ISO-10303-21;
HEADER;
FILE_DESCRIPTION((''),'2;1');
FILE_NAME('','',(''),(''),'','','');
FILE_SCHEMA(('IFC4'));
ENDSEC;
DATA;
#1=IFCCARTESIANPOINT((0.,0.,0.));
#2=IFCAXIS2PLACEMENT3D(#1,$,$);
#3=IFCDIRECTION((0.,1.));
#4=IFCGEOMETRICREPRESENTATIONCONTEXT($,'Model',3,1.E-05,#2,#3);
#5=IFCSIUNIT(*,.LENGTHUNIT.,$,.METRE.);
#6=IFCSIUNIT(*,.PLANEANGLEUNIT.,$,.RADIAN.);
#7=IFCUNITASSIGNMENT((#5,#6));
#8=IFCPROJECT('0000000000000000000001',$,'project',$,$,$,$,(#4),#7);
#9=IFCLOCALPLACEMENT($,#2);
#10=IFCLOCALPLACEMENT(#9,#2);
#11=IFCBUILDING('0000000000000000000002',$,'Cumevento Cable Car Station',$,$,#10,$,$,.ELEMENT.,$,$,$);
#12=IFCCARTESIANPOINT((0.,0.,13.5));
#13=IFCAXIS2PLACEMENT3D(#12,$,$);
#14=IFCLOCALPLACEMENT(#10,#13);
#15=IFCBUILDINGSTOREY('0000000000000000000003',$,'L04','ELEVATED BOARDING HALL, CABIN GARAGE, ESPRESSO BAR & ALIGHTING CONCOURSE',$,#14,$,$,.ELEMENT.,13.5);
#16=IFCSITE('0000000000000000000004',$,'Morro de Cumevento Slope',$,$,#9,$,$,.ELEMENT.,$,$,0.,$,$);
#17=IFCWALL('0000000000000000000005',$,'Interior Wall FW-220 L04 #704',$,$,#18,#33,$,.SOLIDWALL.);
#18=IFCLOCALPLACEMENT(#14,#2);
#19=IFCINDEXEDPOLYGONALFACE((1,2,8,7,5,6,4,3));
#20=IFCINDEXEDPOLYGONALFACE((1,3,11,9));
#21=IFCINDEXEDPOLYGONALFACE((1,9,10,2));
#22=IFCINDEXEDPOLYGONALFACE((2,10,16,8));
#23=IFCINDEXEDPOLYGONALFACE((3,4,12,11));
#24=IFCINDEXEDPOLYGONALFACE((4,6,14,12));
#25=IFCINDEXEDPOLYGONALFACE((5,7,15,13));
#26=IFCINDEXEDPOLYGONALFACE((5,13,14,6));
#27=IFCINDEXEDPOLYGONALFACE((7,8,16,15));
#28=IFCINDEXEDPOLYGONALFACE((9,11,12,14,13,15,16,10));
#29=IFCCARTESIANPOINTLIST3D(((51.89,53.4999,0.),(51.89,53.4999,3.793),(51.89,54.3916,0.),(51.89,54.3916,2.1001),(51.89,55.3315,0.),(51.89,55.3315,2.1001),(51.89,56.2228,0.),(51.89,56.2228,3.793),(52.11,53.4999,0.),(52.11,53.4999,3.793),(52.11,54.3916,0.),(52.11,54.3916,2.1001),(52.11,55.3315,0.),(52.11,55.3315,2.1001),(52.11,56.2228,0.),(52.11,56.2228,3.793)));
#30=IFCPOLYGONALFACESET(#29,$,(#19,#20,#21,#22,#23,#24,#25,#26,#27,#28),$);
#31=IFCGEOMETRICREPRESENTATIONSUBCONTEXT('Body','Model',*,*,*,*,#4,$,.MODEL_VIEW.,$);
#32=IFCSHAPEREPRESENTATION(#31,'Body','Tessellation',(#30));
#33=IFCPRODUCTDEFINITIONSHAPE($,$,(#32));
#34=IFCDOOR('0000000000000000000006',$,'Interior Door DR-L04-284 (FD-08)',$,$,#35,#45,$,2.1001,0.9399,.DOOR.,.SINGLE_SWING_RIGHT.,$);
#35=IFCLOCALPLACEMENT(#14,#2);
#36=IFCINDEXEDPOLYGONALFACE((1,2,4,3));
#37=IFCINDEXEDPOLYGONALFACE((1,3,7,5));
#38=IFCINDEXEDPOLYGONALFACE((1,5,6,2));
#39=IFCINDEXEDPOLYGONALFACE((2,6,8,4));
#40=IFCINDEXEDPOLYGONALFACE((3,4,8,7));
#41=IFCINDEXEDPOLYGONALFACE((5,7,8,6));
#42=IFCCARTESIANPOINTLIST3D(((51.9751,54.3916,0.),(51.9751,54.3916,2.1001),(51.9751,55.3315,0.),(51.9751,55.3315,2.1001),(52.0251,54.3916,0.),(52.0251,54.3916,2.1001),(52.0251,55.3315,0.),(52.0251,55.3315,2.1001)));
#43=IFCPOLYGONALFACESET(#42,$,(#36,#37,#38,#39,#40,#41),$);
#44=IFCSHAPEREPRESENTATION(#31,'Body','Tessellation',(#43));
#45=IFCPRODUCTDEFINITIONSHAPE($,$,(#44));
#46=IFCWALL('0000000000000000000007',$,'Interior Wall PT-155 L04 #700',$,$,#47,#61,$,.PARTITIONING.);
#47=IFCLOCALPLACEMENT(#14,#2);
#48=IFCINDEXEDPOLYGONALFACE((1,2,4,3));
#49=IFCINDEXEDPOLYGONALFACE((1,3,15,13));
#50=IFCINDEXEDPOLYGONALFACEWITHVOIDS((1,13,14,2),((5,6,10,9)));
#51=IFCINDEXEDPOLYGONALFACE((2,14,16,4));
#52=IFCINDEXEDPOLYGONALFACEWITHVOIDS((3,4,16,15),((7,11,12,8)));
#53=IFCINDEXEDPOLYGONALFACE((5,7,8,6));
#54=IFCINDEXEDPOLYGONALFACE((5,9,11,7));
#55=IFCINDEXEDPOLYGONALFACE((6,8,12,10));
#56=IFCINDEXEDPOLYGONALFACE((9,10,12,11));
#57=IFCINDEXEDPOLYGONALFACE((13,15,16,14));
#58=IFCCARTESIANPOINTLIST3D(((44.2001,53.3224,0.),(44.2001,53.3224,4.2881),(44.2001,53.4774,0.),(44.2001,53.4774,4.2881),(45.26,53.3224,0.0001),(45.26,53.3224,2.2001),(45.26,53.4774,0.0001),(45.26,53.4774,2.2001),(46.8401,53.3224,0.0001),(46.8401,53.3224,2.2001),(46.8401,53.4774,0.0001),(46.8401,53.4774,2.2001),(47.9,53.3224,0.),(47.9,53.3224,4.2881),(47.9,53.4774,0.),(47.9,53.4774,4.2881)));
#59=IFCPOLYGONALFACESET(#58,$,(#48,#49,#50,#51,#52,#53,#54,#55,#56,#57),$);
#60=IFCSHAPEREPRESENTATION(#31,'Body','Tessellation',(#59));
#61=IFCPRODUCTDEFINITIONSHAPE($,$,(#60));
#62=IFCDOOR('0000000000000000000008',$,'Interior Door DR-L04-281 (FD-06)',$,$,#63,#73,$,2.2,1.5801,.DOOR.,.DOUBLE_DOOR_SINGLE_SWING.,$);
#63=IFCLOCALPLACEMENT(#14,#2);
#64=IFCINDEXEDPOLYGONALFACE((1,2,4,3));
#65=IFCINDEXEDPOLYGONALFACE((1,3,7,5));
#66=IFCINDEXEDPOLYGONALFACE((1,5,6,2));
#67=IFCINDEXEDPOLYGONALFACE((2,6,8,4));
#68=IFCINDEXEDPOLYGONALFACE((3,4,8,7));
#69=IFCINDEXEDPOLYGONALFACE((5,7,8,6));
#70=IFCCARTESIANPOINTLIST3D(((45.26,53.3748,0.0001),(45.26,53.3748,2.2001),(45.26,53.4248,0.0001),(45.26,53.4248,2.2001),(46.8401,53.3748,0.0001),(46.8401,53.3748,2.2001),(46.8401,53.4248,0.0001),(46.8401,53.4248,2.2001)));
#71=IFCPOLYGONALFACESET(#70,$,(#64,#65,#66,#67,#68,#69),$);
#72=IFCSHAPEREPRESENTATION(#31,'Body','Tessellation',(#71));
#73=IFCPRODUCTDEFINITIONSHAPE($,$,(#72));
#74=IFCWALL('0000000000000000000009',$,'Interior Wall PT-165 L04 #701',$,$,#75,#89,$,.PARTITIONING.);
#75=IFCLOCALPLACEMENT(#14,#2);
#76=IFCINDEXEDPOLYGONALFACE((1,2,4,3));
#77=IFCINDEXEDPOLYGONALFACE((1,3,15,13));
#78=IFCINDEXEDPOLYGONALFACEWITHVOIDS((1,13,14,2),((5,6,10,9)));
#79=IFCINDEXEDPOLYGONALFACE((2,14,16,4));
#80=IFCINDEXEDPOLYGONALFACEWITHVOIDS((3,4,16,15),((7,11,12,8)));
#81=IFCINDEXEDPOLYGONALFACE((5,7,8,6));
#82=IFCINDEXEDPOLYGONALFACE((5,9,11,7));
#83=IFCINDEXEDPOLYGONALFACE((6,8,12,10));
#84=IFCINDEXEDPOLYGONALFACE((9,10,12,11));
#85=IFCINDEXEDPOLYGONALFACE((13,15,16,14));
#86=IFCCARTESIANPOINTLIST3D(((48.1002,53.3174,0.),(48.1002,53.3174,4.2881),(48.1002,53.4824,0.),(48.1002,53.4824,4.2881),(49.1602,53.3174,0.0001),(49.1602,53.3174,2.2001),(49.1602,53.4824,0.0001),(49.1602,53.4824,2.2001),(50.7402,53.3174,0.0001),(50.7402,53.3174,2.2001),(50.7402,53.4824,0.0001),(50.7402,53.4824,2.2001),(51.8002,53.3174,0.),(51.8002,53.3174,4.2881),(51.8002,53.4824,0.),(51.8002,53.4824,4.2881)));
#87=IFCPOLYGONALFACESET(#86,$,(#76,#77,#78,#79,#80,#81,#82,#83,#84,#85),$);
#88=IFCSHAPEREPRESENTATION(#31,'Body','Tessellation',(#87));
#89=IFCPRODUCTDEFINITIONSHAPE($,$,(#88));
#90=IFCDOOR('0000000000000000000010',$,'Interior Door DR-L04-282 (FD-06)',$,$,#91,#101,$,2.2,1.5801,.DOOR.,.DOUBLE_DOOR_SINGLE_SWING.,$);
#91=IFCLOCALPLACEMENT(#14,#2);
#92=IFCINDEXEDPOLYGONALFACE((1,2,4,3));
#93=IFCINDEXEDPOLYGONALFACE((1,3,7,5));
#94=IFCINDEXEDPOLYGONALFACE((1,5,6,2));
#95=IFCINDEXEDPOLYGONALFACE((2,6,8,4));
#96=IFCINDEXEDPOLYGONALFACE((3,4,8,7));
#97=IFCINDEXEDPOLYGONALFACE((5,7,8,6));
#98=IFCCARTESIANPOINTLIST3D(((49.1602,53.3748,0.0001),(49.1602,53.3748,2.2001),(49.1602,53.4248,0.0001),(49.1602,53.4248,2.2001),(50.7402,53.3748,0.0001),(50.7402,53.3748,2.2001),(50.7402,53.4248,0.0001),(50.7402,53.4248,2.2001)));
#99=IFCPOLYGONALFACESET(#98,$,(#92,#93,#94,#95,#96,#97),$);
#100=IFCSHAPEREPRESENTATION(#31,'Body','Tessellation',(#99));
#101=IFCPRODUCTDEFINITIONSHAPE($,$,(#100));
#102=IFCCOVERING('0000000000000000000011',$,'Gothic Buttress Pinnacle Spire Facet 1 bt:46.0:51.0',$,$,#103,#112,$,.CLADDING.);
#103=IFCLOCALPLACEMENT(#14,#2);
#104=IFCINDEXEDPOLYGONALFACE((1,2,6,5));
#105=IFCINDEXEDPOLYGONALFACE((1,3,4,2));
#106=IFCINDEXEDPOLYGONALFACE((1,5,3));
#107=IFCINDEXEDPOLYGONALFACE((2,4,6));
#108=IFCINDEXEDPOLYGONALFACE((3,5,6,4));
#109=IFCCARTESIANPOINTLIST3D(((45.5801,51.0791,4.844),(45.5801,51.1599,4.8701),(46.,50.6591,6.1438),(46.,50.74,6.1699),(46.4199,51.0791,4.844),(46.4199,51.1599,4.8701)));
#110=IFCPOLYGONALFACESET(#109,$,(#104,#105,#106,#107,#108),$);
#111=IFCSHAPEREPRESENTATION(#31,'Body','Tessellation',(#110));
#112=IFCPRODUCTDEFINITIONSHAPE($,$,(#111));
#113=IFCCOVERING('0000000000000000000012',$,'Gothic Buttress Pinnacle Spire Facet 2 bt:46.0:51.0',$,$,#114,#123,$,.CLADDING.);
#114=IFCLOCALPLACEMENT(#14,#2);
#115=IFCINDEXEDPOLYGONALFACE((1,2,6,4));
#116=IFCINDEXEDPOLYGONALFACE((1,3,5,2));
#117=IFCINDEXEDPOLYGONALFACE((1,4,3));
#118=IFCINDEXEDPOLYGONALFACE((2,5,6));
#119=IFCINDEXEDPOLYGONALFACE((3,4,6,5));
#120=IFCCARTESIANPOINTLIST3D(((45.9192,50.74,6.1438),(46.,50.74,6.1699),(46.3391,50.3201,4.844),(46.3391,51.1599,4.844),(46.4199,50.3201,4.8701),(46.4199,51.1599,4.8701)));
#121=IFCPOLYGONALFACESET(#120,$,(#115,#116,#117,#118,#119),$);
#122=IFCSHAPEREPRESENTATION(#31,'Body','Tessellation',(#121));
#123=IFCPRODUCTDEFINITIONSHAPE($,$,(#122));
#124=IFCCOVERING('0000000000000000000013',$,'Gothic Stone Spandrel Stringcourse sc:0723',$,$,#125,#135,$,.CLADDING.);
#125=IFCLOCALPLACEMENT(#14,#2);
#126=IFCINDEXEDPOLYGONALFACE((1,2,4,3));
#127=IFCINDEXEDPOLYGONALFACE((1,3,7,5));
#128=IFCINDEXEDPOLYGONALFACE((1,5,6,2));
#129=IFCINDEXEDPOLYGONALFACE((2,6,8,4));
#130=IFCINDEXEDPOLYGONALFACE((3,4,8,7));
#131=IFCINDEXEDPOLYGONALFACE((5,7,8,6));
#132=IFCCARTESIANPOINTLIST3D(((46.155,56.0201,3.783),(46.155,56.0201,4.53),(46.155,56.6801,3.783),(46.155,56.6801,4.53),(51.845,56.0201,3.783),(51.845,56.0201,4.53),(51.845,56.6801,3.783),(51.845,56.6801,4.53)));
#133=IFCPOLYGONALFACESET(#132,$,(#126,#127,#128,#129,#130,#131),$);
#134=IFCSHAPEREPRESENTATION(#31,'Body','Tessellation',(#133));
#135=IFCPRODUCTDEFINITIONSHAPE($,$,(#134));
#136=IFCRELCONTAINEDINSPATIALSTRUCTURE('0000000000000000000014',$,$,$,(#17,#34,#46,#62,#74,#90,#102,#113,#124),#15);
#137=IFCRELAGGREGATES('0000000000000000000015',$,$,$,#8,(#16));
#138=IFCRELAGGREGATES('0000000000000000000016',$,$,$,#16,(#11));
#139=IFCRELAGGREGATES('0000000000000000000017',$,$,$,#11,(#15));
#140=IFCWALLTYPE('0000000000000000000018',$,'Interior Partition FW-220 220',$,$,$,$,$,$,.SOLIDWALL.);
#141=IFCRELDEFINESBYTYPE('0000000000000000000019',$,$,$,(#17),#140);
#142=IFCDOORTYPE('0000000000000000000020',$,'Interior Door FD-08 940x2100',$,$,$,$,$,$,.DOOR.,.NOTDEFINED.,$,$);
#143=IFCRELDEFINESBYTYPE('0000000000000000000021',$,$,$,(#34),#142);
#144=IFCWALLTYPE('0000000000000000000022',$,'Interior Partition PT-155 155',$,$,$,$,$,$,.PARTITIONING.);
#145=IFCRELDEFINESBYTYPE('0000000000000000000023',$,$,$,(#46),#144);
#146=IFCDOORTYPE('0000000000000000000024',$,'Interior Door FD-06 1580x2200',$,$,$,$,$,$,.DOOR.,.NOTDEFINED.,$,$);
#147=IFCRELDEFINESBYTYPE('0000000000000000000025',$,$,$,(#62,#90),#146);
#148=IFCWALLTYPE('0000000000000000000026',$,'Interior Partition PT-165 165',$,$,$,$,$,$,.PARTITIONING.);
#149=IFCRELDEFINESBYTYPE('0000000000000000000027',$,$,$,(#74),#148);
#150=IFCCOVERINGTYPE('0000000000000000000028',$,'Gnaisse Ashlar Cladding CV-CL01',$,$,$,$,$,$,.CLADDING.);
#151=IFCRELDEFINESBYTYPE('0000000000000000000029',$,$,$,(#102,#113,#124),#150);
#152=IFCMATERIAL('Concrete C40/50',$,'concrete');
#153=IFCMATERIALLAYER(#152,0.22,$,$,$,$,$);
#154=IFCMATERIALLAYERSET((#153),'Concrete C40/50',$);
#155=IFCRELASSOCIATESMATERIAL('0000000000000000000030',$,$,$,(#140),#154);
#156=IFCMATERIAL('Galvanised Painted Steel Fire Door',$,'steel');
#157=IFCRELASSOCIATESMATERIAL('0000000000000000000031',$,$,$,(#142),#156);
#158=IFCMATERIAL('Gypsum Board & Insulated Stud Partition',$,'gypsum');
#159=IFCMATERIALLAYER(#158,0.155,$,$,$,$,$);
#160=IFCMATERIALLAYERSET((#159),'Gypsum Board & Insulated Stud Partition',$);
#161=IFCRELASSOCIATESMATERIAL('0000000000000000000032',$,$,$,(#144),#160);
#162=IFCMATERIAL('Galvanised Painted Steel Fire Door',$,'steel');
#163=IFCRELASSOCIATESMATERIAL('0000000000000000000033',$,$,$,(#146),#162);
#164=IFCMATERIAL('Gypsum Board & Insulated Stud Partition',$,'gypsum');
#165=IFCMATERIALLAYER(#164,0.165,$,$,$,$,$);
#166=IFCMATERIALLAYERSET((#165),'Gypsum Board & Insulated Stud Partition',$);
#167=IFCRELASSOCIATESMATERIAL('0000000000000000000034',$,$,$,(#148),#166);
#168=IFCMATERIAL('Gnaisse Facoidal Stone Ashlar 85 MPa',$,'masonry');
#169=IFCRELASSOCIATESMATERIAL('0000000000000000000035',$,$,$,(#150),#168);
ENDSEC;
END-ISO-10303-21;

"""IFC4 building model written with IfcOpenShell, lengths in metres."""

from ifc_helpers import new_model, si_unit, direction, frame, frame_2d, origin, origin_2d, place, context, subcontext, project, spatial, polyline, rectangle, outline, extrude, material, layer, layer_set, type_object, element, fill, save


model = new_model("IFC4")

# Units and contexts
model_context = context("Model", 3, precision=1e-05, world=origin(), true_north=direction((0.0, 1.0)))
body_context = subcontext(model_context, "Body", "Model", "MODEL_VIEW")
ifc_project = project(units=[si_unit("LENGTHUNIT", "METRE"), si_unit("PLANEANGLEUNIT", "RADIAN")], contexts=[model_context])

# Site, building, storey
site_placement = place(None, origin())
site = spatial("IfcSite", under=ifc_project, at=site_placement, Name="Morro de Cumevento Slope", CompositionType="ELEMENT", RefElevation=0.0)
building_placement = place(site_placement, origin())
building = spatial("IfcBuilding", under=site, at=building_placement, Name="Cumevento Cable Car Station", CompositionType="ELEMENT")
storey_placement = place(building_placement, frame((0.0, 0.0, 13.5)))
storey = spatial("IfcBuildingStorey", under=building, at=storey_placement, Name="L04", Description="ELEVATED BOARDING HALL, CABIN GARAGE, ESPRESSO BAR & ALIGHTING CONCOURSE", CompositionType="ELEMENT", Elevation=13.5)

# Walls, openings, doors
ifc_material_1 = material(Name="Concrete C40/50", Category="concrete")
ifc_layer_1 = layer(ifc_material_1, 0.22)
ifc_layer_set_1 = layer_set([ifc_layer_1], Name="Concrete C40/50")
wall_type_1 = type_object("IfcWallType", Name="Interior Partition FW-220 220", PredefinedType="SOLIDWALL", material=ifc_layer_set_1)
wall_1_placement = place(storey_placement, frame((52.0, 53.5, 0.0), z_axis=(0.0, 0.0, 1.0), x_axis=(0.0, 1.0, 0.0)))
wall_1 = element("IfcWall", 1, at=wall_1_placement, inside=storey, type_object=wall_type_1, Name="Interior Wall FW-220 L04 #704", PredefinedType="SOLIDWALL", context=body_context, shape_type="SweptSolid", body=[
    extrude(rectangle(XDim=2.7229, YDim=0.22, at=frame_2d((1.3613, 0.0))), origin(), (0.0, 0.0, 1.0), 3.793),
])
opening_1_placement = place(wall_1_placement, frame((0.8916, 0.0, 0.0)))
opening_1 = element("IfcOpeningElement", 2, at=opening_1_placement, cuts=wall_1, PredefinedType="OPENING", context=body_context, shape_type="SweptSolid", body=[
    extrude(rectangle(XDim=0.9399, YDim=2.1001, at=frame_2d((0.47, 1.05))), frame((0.0, 0.1199, 0.0), z_axis=(0.0, -1.0, 0.0), x_axis=(1.0, 0.0, 0.0)), (0.0, 0.0, 1.0), 0.24),
])
ifc_material_2 = material(Name="Galvanised Painted Steel Fire Door", Category="steel")
door_type_1 = type_object("IfcDoorType", Name="Interior Door FD-08 940x2100", OperationType="NOTDEFINED", PredefinedType="DOOR", material=ifc_material_2)
door_1_placement = place(opening_1_placement, origin())
door_1 = element("IfcDoor", 3, at=door_1_placement, inside=storey, type_object=door_type_1, Name="Interior Door DR-L04-284 (FD-08)", OperationType="SINGLE_SWING_RIGHT", OverallHeight=2.1001, OverallWidth=0.9399, PredefinedType="DOOR", context=body_context, shape_type="SweptSolid", body=[
    extrude(rectangle(XDim=0.9399, YDim=2.1001, at=frame_2d((0.47, 1.05))), frame((0.0, 0.0249, 0.0), z_axis=(0.0, -1.0, 0.0), x_axis=(1.0, 0.0, 0.0)), (0.0, 0.0, 1.0), 0.05),
])
fill(opening_1, door_1)
ifc_material_3 = material(Name="Gypsum Board & Insulated Stud Partition", Category="gypsum")
ifc_layer_2 = layer(ifc_material_3, 0.155)
ifc_layer_set_2 = layer_set([ifc_layer_2], Name="Gypsum Board & Insulated Stud Partition")
wall_type_2 = type_object("IfcWallType", Name="Interior Partition PT-155 155", PredefinedType="PARTITIONING", material=ifc_layer_set_2)
wall_2_placement = place(storey_placement, frame((44.2, 53.3999, 0.0), z_axis=(0.0, 0.0, 1.0), x_axis=(1.0, 0.0, 0.0)))
wall_2 = element("IfcWall", 4, at=wall_2_placement, inside=storey, type_object=wall_type_2, Name="Interior Wall PT-155 L04 #700", PredefinedType="PARTITIONING", context=body_context, shape_type="SweptSolid", body=[
    extrude(rectangle(XDim=3.7, YDim=0.155, at=frame_2d((1.8501, 0.0))), origin(), (0.0, 0.0, 1.0), 4.2881),
])
opening_2_placement = place(wall_2_placement, frame((1.0601, 0.0, 0.0)))
opening_2 = element("IfcOpeningElement", 5, at=opening_2_placement, cuts=wall_2, PredefinedType="OPENING", context=body_context, shape_type="SweptSolid", body=[
    extrude(rectangle(XDim=1.5801, YDim=2.2, at=frame_2d((0.79, 1.1001))), frame((0.0, 0.0876, 0.0), z_axis=(0.0, -1.0, 0.0), x_axis=(1.0, 0.0, 0.0)), (0.0, 0.0, 1.0), 0.175),
])
ifc_material_4 = material(Name="Galvanised Painted Steel Fire Door", Category="steel")
door_type_2 = type_object("IfcDoorType", Name="Interior Door FD-06 1580x2200", OperationType="NOTDEFINED", PredefinedType="DOOR", material=ifc_material_4)
door_2_placement = place(opening_2_placement, origin())
door_2 = element("IfcDoor", 6, at=door_2_placement, inside=storey, type_object=door_type_2, Name="Interior Door DR-L04-281 (FD-06)", OperationType="DOUBLE_DOOR_SINGLE_SWING", OverallHeight=2.2, OverallWidth=1.5801, PredefinedType="DOOR", context=body_context, shape_type="SweptSolid", body=[
    extrude(rectangle(XDim=1.5801, YDim=2.2, at=frame_2d((0.79, 1.1001))), frame((0.0, 0.0249, 0.0), z_axis=(0.0, -1.0, 0.0), x_axis=(1.0, 0.0, 0.0)), (0.0, 0.0, 1.0), 0.05),
])
fill(opening_2, door_2)
ifc_material_5 = material(Name="Gypsum Board & Insulated Stud Partition", Category="gypsum")
ifc_layer_3 = layer(ifc_material_5, 0.165)
ifc_layer_set_3 = layer_set([ifc_layer_3], Name="Gypsum Board & Insulated Stud Partition")
wall_type_3 = type_object("IfcWallType", Name="Interior Partition PT-165 165", PredefinedType="PARTITIONING", material=ifc_layer_set_3)
wall_3_placement = place(storey_placement, frame((48.1001, 53.3999, 0.0), z_axis=(0.0, 0.0, 1.0), x_axis=(1.0, 0.0, 0.0)))
wall_3 = element("IfcWall", 7, at=wall_3_placement, inside=storey, type_object=wall_type_3, Name="Interior Wall PT-165 L04 #701", PredefinedType="PARTITIONING", context=body_context, shape_type="SweptSolid", body=[
    extrude(rectangle(XDim=3.7, YDim=0.165, at=frame_2d((1.8501, 0.0))), origin(), (0.0, 0.0, 1.0), 4.2881),
])
opening_3_placement = place(wall_3_placement, frame((1.0601, 0.0, 0.0)))
opening_3 = element("IfcOpeningElement", 8, at=opening_3_placement, cuts=wall_3, PredefinedType="OPENING", context=body_context, shape_type="SweptSolid", body=[
    extrude(rectangle(XDim=1.5801, YDim=2.2, at=frame_2d((0.79, 1.1001))), frame((0.0, 0.0925, 0.0), z_axis=(0.0, -1.0, 0.0), x_axis=(1.0, 0.0, 0.0)), (0.0, 0.0, 1.0), 0.1851),
])
door_3_placement = place(opening_3_placement, origin())
door_3 = element("IfcDoor", 9, at=door_3_placement, inside=storey, type_object=door_type_2, Name="Interior Door DR-L04-282 (FD-06)", OperationType="DOUBLE_DOOR_SINGLE_SWING", OverallHeight=2.2, OverallWidth=1.5801, PredefinedType="DOOR", context=body_context, shape_type="SweptSolid", body=[
    extrude(rectangle(XDim=1.5801, YDim=2.2, at=frame_2d((0.79, 1.1001))), frame((0.0, 0.0249, 0.0), z_axis=(0.0, -1.0, 0.0), x_axis=(1.0, 0.0, 0.0)), (0.0, 0.0, 1.0), 0.05),
])
fill(opening_3, door_3)

# Coverings
ifc_material_6 = material(Name="Gnaisse Facoidal Stone Ashlar 85 MPa", Category="masonry")
covering_type = type_object("IfcCoveringType", Name="Gnaisse Ashlar Cladding CV-CL01", PredefinedType="CLADDING", material=ifc_material_6)
for number, where, z_axis, x_axis, name in (
    (10, (45.5801, 51.1599, 4.8701), (0.0, 0.951574, 0.307421), (1.0, 0.0, 0.0), "Gothic Buttress Pinnacle Spire Facet 1 bt:46.0:51.0"),
    (11, (46.4199, 51.1599, 4.8701), (0.951574, 0.0, 0.307421), (0.0, -1.0, 0.0), "Gothic Buttress Pinnacle Spire Facet 2 bt:46.0:51.0"),
):
    element("IfcCovering", number, at=place(storey_placement, frame(where, z_axis=z_axis, x_axis=x_axis)), inside=storey, type_object=covering_type, Name=name, PredefinedType="CLADDING", context=body_context, shape_type="SweptSolid", body=[
        extrude(outline(polyline([(0.0, 0.0), (0.8398, 0.0), (0.4199, -1.366), (0.0, 0.0)])), origin(), (0.0, 0.0, -1.0), 0.085),
    ])
covering_1_placement = place(storey_placement, frame((49.0, 56.3501, 3.783), z_axis=(0.0, 0.0, 1.0), x_axis=(1.0, 0.0, 0.0)))
element("IfcCovering", 12, at=covering_1_placement, inside=storey, type_object=covering_type, Name="Gothic Stone Spandrel Stringcourse sc:0723", PredefinedType="CLADDING", context=body_context, shape_type="SweptSolid", body=[
    extrude(rectangle(XDim=5.6899, YDim=0.6599, at=origin_2d()), origin(), (0.0, 0.0, 1.0), 0.7471),
])

save(model, "model.ifc")
